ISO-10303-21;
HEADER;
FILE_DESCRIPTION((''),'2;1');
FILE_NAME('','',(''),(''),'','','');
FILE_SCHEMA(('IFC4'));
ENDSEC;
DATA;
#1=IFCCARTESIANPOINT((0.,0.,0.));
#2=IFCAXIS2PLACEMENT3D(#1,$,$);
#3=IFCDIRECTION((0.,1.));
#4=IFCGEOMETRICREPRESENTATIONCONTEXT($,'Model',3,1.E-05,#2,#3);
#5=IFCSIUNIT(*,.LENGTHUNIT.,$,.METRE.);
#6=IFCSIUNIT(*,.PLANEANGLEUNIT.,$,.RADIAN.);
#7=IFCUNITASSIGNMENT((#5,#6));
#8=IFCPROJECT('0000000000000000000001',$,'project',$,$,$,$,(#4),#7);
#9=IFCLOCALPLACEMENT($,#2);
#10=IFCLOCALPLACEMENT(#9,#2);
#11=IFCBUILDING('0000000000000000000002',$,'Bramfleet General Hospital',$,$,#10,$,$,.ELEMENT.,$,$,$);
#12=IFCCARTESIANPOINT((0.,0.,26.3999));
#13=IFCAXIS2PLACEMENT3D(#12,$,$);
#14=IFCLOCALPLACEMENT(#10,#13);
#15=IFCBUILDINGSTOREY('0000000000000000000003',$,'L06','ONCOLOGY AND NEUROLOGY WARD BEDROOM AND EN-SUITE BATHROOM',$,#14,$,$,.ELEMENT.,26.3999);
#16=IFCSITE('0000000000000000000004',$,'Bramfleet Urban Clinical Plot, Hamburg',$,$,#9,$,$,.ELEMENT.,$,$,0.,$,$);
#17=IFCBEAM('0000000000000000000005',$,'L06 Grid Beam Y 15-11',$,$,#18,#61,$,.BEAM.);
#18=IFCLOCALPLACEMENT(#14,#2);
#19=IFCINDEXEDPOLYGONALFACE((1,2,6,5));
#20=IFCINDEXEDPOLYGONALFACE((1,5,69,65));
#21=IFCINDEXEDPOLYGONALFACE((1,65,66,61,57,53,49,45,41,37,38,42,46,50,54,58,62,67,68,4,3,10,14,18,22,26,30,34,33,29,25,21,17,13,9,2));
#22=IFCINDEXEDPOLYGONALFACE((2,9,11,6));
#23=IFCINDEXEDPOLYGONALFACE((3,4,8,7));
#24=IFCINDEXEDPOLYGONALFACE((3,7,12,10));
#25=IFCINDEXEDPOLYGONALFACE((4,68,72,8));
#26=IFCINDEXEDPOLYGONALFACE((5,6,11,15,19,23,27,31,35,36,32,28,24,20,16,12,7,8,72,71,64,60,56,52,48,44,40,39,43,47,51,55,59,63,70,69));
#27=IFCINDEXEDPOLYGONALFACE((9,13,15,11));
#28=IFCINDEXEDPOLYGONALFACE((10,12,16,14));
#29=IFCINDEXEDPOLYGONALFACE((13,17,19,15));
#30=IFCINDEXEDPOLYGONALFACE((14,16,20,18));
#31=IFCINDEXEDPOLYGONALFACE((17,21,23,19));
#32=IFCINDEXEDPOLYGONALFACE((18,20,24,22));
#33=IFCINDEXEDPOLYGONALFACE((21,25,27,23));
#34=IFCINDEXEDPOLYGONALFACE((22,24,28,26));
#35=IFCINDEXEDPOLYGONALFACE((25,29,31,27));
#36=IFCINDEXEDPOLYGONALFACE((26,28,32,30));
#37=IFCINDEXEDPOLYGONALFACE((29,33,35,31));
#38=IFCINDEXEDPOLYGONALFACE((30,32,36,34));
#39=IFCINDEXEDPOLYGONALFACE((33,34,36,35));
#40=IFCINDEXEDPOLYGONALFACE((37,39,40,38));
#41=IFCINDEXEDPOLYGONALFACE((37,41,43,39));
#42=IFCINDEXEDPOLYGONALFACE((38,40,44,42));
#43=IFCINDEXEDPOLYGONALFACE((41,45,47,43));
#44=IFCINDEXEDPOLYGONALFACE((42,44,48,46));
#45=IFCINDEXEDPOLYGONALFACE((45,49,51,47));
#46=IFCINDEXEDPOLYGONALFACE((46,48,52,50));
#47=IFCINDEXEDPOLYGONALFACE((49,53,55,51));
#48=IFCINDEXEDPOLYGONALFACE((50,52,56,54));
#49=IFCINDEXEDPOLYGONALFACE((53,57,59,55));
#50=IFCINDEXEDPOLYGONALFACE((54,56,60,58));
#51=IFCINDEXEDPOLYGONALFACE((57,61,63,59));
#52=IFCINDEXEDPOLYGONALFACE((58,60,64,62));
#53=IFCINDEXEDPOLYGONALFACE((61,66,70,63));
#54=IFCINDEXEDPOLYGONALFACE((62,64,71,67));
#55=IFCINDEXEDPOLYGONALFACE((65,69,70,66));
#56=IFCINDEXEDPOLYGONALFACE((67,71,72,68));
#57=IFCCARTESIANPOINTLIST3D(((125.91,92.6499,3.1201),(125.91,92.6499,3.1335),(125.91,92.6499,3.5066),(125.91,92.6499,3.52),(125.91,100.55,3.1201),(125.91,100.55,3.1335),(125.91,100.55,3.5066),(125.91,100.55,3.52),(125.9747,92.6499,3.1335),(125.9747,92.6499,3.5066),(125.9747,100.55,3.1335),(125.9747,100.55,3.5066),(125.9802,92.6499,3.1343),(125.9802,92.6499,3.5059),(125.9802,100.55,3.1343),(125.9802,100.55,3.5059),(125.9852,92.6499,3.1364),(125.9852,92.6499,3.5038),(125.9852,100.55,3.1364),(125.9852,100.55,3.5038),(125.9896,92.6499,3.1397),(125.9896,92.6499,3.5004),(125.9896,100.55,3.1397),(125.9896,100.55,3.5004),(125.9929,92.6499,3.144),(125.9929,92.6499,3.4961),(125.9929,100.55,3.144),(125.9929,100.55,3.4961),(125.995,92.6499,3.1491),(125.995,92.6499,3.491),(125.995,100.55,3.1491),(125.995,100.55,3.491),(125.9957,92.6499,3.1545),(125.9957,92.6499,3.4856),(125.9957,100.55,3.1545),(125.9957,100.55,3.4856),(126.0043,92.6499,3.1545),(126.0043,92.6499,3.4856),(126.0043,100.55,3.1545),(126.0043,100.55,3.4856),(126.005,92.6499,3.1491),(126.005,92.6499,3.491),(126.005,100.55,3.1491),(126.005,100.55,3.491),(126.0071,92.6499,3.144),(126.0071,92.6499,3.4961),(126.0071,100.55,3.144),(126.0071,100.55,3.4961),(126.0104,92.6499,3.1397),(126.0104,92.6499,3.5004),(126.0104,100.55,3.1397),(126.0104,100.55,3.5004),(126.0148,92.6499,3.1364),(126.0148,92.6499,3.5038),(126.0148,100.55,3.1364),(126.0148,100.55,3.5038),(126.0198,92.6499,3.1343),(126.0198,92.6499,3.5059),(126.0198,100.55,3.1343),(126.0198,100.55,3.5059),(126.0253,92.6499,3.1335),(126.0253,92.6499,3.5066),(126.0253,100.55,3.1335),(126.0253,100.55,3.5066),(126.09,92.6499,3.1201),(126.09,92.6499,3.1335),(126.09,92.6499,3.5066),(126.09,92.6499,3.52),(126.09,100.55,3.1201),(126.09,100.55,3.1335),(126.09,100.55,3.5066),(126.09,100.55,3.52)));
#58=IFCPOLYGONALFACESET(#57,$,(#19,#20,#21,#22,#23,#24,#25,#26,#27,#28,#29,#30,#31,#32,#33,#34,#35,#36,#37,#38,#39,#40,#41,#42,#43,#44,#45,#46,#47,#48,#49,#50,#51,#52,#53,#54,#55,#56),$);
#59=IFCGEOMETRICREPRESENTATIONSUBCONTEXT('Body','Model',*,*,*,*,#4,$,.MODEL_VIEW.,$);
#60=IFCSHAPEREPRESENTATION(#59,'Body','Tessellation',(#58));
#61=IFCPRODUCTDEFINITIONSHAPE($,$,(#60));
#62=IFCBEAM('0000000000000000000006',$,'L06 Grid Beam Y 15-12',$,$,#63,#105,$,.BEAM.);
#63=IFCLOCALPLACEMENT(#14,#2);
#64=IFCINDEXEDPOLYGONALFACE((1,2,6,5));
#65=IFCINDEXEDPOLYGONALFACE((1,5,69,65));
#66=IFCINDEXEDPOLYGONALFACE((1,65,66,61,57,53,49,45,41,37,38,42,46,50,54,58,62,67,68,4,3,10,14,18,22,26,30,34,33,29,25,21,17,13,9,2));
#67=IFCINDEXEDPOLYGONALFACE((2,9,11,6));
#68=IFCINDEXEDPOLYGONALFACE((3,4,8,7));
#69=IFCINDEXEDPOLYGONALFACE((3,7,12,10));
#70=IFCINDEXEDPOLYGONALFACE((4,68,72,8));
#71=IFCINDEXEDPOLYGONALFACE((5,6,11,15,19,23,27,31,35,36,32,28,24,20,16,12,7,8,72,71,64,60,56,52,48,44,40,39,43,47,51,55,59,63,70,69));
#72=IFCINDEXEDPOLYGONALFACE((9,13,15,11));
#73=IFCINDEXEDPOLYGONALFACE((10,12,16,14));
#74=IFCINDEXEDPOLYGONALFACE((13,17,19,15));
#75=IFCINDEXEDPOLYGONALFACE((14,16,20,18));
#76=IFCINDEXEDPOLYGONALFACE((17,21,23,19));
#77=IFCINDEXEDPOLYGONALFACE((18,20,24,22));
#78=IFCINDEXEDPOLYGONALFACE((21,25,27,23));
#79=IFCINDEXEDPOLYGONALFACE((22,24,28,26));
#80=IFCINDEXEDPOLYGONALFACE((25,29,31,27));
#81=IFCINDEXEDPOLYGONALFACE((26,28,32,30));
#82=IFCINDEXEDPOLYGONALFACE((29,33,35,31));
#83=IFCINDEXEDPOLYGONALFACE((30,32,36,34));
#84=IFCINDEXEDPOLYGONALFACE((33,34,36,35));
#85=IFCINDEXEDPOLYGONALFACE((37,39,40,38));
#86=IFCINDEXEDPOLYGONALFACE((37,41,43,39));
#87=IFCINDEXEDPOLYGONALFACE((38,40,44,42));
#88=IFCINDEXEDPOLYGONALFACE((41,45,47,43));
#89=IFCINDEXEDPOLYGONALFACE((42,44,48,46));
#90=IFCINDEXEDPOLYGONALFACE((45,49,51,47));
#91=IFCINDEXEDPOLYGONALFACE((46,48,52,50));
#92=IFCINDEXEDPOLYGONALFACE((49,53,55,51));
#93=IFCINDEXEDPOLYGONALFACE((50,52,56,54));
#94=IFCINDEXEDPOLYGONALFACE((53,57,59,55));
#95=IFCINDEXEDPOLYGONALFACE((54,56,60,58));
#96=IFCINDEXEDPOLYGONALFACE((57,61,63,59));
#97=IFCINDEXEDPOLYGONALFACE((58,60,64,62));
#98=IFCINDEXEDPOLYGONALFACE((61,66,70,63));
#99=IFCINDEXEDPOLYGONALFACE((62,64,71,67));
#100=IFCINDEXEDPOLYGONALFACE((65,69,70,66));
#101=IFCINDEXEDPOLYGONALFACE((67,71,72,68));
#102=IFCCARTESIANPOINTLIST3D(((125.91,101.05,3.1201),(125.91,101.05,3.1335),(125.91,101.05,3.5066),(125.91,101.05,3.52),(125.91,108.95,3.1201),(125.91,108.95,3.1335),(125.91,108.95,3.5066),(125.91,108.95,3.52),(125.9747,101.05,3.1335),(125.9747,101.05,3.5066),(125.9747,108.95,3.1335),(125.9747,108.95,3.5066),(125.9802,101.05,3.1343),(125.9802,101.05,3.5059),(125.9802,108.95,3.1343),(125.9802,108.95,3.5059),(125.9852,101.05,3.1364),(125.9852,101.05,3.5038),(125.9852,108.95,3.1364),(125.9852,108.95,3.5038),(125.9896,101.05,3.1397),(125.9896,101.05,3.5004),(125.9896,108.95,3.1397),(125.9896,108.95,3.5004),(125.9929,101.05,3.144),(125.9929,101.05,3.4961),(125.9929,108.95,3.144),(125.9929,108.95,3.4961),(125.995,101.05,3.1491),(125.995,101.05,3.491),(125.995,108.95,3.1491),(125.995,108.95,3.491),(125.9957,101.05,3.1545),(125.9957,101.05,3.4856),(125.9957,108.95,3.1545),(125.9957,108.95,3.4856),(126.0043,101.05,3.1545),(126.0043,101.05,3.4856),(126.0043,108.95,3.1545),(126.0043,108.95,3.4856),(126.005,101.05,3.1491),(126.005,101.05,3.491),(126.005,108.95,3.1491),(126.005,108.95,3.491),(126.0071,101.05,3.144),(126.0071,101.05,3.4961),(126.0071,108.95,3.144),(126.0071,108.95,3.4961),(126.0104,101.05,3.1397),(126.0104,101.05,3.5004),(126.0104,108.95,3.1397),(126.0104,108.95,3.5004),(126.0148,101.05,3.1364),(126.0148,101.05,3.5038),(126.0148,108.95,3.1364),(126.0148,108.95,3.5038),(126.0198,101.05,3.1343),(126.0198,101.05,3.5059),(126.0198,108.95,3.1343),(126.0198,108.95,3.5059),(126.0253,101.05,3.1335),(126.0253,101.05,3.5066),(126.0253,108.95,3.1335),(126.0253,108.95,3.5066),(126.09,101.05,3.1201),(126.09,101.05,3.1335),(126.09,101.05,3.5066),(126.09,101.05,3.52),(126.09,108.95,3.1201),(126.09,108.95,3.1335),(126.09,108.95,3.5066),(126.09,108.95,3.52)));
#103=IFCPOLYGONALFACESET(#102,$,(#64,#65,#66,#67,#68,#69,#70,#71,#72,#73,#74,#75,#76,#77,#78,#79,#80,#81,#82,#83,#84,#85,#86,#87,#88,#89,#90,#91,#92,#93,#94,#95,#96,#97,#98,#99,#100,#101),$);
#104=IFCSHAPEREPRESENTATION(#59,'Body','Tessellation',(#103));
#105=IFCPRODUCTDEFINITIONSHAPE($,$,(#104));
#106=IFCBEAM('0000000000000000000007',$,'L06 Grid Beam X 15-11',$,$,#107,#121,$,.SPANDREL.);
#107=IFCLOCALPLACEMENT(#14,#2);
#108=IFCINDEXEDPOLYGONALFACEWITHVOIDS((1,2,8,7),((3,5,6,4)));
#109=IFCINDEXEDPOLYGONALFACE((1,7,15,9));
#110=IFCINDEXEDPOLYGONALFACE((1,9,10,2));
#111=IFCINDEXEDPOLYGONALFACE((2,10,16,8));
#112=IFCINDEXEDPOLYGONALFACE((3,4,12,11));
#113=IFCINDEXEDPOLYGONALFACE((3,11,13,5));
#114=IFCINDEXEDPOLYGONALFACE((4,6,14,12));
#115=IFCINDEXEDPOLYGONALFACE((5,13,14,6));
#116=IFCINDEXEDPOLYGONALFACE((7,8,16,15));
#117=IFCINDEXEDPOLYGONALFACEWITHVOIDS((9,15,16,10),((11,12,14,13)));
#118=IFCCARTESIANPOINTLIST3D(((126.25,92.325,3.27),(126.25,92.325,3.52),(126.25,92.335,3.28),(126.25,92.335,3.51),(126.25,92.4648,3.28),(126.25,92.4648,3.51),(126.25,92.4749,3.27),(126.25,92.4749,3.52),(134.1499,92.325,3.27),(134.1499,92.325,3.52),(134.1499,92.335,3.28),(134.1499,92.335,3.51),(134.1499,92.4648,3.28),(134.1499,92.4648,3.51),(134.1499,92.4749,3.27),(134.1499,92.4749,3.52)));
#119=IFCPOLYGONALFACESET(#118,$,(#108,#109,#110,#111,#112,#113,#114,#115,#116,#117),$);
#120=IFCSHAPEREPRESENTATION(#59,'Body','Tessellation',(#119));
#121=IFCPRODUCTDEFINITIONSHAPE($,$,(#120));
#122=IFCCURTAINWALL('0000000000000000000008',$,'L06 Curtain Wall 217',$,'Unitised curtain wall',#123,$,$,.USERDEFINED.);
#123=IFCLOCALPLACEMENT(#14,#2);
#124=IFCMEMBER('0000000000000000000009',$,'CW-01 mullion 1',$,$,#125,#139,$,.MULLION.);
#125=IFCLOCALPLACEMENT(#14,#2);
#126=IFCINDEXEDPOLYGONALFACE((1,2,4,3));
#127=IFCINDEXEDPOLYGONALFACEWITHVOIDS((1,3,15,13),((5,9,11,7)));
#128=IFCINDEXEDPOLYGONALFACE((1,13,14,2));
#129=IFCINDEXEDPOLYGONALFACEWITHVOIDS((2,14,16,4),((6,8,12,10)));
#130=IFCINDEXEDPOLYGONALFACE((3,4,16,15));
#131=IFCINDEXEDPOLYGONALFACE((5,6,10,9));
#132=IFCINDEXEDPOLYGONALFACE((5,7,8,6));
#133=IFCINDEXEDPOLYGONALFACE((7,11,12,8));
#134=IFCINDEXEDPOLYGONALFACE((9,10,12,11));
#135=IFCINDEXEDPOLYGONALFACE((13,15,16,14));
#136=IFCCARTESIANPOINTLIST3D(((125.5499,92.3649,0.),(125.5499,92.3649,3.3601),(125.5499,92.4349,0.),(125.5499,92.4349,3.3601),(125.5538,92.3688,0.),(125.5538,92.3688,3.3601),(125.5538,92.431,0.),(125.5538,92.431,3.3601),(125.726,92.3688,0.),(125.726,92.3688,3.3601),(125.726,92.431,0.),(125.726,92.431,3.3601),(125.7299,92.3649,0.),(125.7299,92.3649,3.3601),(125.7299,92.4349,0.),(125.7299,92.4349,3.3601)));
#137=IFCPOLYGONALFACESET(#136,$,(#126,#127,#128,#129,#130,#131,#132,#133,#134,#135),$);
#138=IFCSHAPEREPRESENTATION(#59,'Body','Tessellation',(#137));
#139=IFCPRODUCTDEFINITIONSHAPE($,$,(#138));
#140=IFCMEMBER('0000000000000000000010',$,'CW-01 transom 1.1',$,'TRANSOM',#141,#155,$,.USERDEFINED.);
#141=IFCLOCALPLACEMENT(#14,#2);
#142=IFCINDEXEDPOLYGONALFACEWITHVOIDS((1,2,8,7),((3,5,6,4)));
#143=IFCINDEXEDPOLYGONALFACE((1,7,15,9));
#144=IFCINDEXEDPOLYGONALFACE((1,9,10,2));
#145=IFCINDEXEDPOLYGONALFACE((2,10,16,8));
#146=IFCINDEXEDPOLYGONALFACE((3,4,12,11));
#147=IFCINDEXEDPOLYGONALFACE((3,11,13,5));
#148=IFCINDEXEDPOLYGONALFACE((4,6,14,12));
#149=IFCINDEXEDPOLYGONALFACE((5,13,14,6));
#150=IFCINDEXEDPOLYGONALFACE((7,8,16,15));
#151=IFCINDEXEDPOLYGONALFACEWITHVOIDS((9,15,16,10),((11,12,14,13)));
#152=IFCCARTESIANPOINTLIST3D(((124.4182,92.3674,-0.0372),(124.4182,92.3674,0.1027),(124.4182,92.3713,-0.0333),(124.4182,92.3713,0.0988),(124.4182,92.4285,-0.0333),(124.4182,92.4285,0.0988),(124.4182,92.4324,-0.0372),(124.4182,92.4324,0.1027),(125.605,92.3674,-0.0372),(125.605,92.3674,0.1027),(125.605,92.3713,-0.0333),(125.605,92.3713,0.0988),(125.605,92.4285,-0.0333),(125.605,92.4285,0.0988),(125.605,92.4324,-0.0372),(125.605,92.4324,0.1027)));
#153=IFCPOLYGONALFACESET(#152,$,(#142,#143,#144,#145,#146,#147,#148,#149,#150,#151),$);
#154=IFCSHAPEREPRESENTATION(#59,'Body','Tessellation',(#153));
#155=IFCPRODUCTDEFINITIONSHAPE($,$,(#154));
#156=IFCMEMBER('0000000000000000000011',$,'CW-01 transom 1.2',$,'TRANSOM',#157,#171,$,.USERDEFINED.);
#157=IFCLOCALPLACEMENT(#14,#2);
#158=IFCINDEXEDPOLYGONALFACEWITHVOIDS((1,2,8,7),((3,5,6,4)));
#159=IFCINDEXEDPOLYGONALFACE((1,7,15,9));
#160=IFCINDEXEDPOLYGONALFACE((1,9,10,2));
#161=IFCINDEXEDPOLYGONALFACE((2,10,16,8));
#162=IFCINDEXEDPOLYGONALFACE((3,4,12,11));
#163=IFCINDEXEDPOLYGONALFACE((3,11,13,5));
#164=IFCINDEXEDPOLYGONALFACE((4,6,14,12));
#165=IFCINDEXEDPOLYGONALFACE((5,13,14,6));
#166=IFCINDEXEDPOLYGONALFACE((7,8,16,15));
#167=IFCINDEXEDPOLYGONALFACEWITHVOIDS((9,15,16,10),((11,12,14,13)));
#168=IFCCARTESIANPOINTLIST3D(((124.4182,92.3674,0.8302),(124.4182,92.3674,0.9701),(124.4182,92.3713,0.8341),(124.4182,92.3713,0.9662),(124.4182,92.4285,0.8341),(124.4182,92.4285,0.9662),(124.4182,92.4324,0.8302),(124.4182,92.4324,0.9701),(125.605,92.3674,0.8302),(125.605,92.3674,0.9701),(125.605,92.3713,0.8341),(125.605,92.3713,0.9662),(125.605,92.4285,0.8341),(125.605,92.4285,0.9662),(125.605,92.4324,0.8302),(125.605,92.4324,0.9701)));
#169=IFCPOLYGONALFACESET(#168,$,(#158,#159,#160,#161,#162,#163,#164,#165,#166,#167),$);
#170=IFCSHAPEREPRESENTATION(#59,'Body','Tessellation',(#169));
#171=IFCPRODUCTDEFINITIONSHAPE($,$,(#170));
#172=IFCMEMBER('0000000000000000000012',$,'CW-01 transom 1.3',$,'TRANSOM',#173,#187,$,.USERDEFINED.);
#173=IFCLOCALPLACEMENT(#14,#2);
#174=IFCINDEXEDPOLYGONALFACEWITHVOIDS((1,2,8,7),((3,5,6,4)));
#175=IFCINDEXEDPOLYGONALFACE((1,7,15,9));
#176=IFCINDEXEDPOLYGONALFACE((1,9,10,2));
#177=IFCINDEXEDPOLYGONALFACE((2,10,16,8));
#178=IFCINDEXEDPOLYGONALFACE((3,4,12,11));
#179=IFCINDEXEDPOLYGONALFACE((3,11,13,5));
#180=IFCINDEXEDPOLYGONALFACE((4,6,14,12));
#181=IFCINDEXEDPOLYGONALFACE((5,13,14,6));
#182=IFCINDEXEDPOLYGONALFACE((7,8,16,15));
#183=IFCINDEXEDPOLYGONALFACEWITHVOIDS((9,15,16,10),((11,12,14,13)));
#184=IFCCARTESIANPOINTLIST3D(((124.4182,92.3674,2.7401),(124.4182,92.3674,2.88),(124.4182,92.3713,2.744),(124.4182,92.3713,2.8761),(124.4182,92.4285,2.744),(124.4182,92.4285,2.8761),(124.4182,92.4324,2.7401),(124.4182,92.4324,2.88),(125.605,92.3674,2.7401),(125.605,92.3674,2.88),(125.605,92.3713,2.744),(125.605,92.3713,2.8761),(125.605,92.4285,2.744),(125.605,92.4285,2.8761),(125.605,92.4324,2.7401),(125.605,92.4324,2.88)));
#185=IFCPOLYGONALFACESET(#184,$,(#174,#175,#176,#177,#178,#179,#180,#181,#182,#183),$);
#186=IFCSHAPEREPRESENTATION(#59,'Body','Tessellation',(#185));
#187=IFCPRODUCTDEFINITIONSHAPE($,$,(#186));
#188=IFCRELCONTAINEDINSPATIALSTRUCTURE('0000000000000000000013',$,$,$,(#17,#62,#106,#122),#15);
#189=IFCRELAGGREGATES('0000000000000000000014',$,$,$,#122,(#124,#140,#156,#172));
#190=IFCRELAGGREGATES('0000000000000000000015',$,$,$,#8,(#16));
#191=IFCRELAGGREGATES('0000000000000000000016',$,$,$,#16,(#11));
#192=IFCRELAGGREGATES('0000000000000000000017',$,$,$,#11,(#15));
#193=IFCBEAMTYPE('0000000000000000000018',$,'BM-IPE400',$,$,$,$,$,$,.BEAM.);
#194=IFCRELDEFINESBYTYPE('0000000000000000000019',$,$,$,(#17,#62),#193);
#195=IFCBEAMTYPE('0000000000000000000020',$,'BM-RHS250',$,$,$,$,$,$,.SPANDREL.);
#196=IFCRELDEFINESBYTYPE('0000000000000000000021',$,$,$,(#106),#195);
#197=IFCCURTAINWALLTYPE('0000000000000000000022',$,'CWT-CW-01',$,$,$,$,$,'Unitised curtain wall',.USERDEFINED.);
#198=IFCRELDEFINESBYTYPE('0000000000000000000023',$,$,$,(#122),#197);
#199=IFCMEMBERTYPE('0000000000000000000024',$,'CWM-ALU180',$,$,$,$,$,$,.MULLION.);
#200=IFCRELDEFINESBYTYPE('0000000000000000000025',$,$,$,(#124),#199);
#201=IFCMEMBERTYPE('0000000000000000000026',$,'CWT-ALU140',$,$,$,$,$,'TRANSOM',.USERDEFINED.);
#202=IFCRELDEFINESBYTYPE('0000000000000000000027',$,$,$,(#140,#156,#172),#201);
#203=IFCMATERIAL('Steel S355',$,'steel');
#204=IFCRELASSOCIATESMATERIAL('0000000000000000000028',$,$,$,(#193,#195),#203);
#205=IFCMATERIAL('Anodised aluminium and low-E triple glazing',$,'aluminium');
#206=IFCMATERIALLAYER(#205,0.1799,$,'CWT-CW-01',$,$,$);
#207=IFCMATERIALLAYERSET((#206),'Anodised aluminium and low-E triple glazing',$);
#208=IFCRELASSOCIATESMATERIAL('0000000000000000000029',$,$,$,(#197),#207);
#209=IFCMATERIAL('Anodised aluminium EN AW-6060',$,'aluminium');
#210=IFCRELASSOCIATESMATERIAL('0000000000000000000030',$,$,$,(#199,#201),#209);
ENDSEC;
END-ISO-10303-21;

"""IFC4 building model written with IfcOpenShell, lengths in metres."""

from ifc_helpers import new_model, si_unit, direction, frame, origin, origin_2d, place, context, subcontext, project, spatial, hollow_rectangle, i_section, extrude, material, layer, layer_set, material_profile, profile_set, type_object, element, aggregate, save


model = new_model("IFC4")

# Units and contexts
model_context = context("Model", 3, precision=1e-05, world=origin(), true_north=direction((0.0, 1.0)))
body_context = subcontext(model_context, "Body", "Model", "MODEL_VIEW")
ifc_project = project(units=[si_unit("LENGTHUNIT", "METRE"), si_unit("PLANEANGLEUNIT", "RADIAN")], contexts=[model_context])

# Site, building, storey
site_placement = place(None, origin())
site = spatial("IfcSite", under=ifc_project, at=site_placement, Name="Bramfleet Urban Clinical Plot, Hamburg", CompositionType="ELEMENT", RefElevation=0.0)
building_placement = place(site_placement, origin())
building = spatial("IfcBuilding", under=site, at=building_placement, Name="Bramfleet General Hospital", CompositionType="ELEMENT")
storey_placement = place(building_placement, frame((0.0, 0.0, 26.3999)))
storey = spatial("IfcBuildingStorey", under=building, at=storey_placement, Name="L06", Description="ONCOLOGY AND NEUROLOGY WARD BEDROOM AND EN-SUITE BATHROOM", CompositionType="ELEMENT", Elevation=26.3999)

# Beams
ifc_material_1 = material(Name="Steel S355", Category="steel")
ifc_material_profile_1 = material_profile(ifc_material_1, i_section(OverallWidth=0.1799, OverallDepth=0.3999, WebThickness=0.0085, FlangeThickness=0.0134, FilletRadius=0.021, at=origin_2d()), Name="IPE 400")
ifc_profile_set_1 = profile_set([ifc_material_profile_1], Name="Steel S355")
beam_type_1 = type_object("IfcBeamType", Name="BM-IPE400", PredefinedType="BEAM", material=ifc_profile_set_1)
beam_1_placement = place(storey_placement, frame((126.0, 92.6499, 3.3201), z_axis=(0.0, 1.0, 0.0), x_axis=(-1.0, 0.0, 0.0)))
element("IfcBeam", 1, at=beam_1_placement, inside=storey, type_object=beam_type_1, Name="L06 Grid Beam Y 15-11", PredefinedType="BEAM", context=body_context, shape_type="SweptSolid", body=[
    extrude(i_section(OverallWidth=0.1799, OverallDepth=0.3999, WebThickness=0.0085, FlangeThickness=0.0134, FilletRadius=0.021, at=origin_2d()), origin(), (0.0, 0.0, 1.0), 7.9001),
])
beam_2_placement = place(storey_placement, frame((126.0, 101.05, 3.3201), z_axis=(0.0, 1.0, 0.0), x_axis=(-1.0, 0.0, 0.0)))
element("IfcBeam", 2, at=beam_2_placement, inside=storey, type_object=beam_type_1, Name="L06 Grid Beam Y 15-12", PredefinedType="BEAM", context=body_context, shape_type="SweptSolid", body=[
    extrude(i_section(OverallWidth=0.1799, OverallDepth=0.3999, WebThickness=0.0085, FlangeThickness=0.0134, FilletRadius=0.021, at=origin_2d()), origin(), (0.0, 0.0, 1.0), 7.8999),
])
ifc_material_profile_2 = material_profile(ifc_material_1, hollow_rectangle(XDim=0.1499, YDim=0.25, WallThickness=0.01, at=origin_2d()), Name="RHS 250x150x10.0")
ifc_profile_set_2 = profile_set([ifc_material_profile_2], Name="Steel S355")
beam_type_2 = type_object("IfcBeamType", Name="BM-RHS250", PredefinedType="SPANDREL", material=ifc_profile_set_2)
beam_3_placement = place(storey_placement, frame((126.25, 92.3999, 3.395), z_axis=(1.0, 0.0, 0.0), x_axis=(0.0, 1.0, 0.0)))
element("IfcBeam", 3, at=beam_3_placement, inside=storey, type_object=beam_type_2, Name="L06 Grid Beam X 15-11", PredefinedType="SPANDREL", context=body_context, shape_type="SweptSolid", body=[
    extrude(hollow_rectangle(XDim=0.1499, YDim=0.25, WallThickness=0.01, at=origin_2d()), origin(), (0.0, 0.0, 1.0), 7.8999),
])

# Curtain wall, members
ifc_material_2 = material(Name="Anodised aluminium and low-E triple glazing", Category="aluminium")
ifc_layer_1 = layer(ifc_material_2, 0.1799, Name="CWT-CW-01")
ifc_layer_set_1 = layer_set([ifc_layer_1], Name="Anodised aluminium and low-E triple glazing")
curtain_wall_type = type_object("IfcCurtainWallType", Name="CWT-CW-01", ElementType="Unitised curtain wall", PredefinedType="USERDEFINED", material=ifc_layer_set_1)
curtain_wall_placement = place(storey_placement, origin())
curtain_wall = element("IfcCurtainWall", 4, at=curtain_wall_placement, inside=storey, type_object=curtain_wall_type, Name="L06 Curtain Wall 217", ObjectType="Unitised curtain wall", PredefinedType="USERDEFINED")
ifc_material_3 = material(Name="Anodised aluminium EN AW-6060", Category="aluminium")
ifc_material_profile_3 = material_profile(ifc_material_3, hollow_rectangle(XDim=0.0701, YDim=0.1799, WallThickness=0.0039, at=origin_2d()), Name="ALU 180x70x4.0")
ifc_profile_set_3 = profile_set([ifc_material_profile_3], Name="Anodised aluminium EN AW-6060")
member_type_1 = type_object("IfcMemberType", Name="CWM-ALU180", PredefinedType="MULLION", material=ifc_profile_set_3)
member_1_placement = place(storey_placement, frame((125.6399, 92.3999, 0.0), z_axis=(0.0, 0.0, 1.0), x_axis=(0.0, -1.0, 0.0)))
member_1 = element("IfcMember", 5, at=member_1_placement, type_object=member_type_1, Name="CW-01 mullion 1", PredefinedType="MULLION", context=body_context, shape_type="SweptSolid", body=[
    extrude(hollow_rectangle(XDim=0.0701, YDim=0.1799, WallThickness=0.0039, at=origin_2d()), origin(), (0.0, 0.0, 1.0), 3.3601),
])
ifc_material_profile_4 = material_profile(ifc_material_3, hollow_rectangle(XDim=0.0649, YDim=0.1399, WallThickness=0.0039, at=origin_2d()), Name="ALU 140x65x4.0")
ifc_profile_set_4 = profile_set([ifc_material_profile_4], Name="Anodised aluminium EN AW-6060")
member_type_2 = type_object("IfcMemberType", Name="CWT-ALU140", ElementType="TRANSOM", PredefinedType="USERDEFINED", material=ifc_profile_set_4)
member_2_placement = place(storey_placement, frame((125.605, 92.3999, 0.0327), z_axis=(-1.0, 0.0, 0.0), x_axis=(0.0, -1.0, 0.0)))
member_2 = element("IfcMember", 6, at=member_2_placement, type_object=member_type_2, Name="CW-01 transom 1.1", ObjectType="TRANSOM", PredefinedType="USERDEFINED", context=body_context, shape_type="SweptSolid", body=[
    extrude(hollow_rectangle(XDim=0.0649, YDim=0.1399, WallThickness=0.0039, at=origin_2d()), origin(), (0.0, 0.0, 1.0), 1.1868),
])
member_3_placement = place(storey_placement, frame((125.605, 92.3999, 0.9001), z_axis=(-1.0, 0.0, 0.0), x_axis=(0.0, -1.0, 0.0)))
member_3 = element("IfcMember", 7, at=member_3_placement, type_object=member_type_2, Name="CW-01 transom 1.2", ObjectType="TRANSOM", PredefinedType="USERDEFINED", context=body_context, shape_type="SweptSolid", body=[
    extrude(hollow_rectangle(XDim=0.0649, YDim=0.1399, WallThickness=0.0039, at=origin_2d()), origin(), (0.0, 0.0, 1.0), 1.1868),
])
member_4_placement = place(storey_placement, frame((125.605, 92.3999, 2.8101), z_axis=(-1.0, 0.0, 0.0), x_axis=(0.0, -1.0, 0.0)))
member_4 = element("IfcMember", 8, at=member_4_placement, type_object=member_type_2, Name="CW-01 transom 1.3", ObjectType="TRANSOM", PredefinedType="USERDEFINED", context=body_context, shape_type="SweptSolid", body=[
    extrude(hollow_rectangle(XDim=0.0649, YDim=0.1399, WallThickness=0.0039, at=origin_2d()), origin(), (0.0, 0.0, 1.0), 1.1868),
])
aggregate(curtain_wall, [member_1, member_2, member_3, member_4])

save(model, "model.ifc")
